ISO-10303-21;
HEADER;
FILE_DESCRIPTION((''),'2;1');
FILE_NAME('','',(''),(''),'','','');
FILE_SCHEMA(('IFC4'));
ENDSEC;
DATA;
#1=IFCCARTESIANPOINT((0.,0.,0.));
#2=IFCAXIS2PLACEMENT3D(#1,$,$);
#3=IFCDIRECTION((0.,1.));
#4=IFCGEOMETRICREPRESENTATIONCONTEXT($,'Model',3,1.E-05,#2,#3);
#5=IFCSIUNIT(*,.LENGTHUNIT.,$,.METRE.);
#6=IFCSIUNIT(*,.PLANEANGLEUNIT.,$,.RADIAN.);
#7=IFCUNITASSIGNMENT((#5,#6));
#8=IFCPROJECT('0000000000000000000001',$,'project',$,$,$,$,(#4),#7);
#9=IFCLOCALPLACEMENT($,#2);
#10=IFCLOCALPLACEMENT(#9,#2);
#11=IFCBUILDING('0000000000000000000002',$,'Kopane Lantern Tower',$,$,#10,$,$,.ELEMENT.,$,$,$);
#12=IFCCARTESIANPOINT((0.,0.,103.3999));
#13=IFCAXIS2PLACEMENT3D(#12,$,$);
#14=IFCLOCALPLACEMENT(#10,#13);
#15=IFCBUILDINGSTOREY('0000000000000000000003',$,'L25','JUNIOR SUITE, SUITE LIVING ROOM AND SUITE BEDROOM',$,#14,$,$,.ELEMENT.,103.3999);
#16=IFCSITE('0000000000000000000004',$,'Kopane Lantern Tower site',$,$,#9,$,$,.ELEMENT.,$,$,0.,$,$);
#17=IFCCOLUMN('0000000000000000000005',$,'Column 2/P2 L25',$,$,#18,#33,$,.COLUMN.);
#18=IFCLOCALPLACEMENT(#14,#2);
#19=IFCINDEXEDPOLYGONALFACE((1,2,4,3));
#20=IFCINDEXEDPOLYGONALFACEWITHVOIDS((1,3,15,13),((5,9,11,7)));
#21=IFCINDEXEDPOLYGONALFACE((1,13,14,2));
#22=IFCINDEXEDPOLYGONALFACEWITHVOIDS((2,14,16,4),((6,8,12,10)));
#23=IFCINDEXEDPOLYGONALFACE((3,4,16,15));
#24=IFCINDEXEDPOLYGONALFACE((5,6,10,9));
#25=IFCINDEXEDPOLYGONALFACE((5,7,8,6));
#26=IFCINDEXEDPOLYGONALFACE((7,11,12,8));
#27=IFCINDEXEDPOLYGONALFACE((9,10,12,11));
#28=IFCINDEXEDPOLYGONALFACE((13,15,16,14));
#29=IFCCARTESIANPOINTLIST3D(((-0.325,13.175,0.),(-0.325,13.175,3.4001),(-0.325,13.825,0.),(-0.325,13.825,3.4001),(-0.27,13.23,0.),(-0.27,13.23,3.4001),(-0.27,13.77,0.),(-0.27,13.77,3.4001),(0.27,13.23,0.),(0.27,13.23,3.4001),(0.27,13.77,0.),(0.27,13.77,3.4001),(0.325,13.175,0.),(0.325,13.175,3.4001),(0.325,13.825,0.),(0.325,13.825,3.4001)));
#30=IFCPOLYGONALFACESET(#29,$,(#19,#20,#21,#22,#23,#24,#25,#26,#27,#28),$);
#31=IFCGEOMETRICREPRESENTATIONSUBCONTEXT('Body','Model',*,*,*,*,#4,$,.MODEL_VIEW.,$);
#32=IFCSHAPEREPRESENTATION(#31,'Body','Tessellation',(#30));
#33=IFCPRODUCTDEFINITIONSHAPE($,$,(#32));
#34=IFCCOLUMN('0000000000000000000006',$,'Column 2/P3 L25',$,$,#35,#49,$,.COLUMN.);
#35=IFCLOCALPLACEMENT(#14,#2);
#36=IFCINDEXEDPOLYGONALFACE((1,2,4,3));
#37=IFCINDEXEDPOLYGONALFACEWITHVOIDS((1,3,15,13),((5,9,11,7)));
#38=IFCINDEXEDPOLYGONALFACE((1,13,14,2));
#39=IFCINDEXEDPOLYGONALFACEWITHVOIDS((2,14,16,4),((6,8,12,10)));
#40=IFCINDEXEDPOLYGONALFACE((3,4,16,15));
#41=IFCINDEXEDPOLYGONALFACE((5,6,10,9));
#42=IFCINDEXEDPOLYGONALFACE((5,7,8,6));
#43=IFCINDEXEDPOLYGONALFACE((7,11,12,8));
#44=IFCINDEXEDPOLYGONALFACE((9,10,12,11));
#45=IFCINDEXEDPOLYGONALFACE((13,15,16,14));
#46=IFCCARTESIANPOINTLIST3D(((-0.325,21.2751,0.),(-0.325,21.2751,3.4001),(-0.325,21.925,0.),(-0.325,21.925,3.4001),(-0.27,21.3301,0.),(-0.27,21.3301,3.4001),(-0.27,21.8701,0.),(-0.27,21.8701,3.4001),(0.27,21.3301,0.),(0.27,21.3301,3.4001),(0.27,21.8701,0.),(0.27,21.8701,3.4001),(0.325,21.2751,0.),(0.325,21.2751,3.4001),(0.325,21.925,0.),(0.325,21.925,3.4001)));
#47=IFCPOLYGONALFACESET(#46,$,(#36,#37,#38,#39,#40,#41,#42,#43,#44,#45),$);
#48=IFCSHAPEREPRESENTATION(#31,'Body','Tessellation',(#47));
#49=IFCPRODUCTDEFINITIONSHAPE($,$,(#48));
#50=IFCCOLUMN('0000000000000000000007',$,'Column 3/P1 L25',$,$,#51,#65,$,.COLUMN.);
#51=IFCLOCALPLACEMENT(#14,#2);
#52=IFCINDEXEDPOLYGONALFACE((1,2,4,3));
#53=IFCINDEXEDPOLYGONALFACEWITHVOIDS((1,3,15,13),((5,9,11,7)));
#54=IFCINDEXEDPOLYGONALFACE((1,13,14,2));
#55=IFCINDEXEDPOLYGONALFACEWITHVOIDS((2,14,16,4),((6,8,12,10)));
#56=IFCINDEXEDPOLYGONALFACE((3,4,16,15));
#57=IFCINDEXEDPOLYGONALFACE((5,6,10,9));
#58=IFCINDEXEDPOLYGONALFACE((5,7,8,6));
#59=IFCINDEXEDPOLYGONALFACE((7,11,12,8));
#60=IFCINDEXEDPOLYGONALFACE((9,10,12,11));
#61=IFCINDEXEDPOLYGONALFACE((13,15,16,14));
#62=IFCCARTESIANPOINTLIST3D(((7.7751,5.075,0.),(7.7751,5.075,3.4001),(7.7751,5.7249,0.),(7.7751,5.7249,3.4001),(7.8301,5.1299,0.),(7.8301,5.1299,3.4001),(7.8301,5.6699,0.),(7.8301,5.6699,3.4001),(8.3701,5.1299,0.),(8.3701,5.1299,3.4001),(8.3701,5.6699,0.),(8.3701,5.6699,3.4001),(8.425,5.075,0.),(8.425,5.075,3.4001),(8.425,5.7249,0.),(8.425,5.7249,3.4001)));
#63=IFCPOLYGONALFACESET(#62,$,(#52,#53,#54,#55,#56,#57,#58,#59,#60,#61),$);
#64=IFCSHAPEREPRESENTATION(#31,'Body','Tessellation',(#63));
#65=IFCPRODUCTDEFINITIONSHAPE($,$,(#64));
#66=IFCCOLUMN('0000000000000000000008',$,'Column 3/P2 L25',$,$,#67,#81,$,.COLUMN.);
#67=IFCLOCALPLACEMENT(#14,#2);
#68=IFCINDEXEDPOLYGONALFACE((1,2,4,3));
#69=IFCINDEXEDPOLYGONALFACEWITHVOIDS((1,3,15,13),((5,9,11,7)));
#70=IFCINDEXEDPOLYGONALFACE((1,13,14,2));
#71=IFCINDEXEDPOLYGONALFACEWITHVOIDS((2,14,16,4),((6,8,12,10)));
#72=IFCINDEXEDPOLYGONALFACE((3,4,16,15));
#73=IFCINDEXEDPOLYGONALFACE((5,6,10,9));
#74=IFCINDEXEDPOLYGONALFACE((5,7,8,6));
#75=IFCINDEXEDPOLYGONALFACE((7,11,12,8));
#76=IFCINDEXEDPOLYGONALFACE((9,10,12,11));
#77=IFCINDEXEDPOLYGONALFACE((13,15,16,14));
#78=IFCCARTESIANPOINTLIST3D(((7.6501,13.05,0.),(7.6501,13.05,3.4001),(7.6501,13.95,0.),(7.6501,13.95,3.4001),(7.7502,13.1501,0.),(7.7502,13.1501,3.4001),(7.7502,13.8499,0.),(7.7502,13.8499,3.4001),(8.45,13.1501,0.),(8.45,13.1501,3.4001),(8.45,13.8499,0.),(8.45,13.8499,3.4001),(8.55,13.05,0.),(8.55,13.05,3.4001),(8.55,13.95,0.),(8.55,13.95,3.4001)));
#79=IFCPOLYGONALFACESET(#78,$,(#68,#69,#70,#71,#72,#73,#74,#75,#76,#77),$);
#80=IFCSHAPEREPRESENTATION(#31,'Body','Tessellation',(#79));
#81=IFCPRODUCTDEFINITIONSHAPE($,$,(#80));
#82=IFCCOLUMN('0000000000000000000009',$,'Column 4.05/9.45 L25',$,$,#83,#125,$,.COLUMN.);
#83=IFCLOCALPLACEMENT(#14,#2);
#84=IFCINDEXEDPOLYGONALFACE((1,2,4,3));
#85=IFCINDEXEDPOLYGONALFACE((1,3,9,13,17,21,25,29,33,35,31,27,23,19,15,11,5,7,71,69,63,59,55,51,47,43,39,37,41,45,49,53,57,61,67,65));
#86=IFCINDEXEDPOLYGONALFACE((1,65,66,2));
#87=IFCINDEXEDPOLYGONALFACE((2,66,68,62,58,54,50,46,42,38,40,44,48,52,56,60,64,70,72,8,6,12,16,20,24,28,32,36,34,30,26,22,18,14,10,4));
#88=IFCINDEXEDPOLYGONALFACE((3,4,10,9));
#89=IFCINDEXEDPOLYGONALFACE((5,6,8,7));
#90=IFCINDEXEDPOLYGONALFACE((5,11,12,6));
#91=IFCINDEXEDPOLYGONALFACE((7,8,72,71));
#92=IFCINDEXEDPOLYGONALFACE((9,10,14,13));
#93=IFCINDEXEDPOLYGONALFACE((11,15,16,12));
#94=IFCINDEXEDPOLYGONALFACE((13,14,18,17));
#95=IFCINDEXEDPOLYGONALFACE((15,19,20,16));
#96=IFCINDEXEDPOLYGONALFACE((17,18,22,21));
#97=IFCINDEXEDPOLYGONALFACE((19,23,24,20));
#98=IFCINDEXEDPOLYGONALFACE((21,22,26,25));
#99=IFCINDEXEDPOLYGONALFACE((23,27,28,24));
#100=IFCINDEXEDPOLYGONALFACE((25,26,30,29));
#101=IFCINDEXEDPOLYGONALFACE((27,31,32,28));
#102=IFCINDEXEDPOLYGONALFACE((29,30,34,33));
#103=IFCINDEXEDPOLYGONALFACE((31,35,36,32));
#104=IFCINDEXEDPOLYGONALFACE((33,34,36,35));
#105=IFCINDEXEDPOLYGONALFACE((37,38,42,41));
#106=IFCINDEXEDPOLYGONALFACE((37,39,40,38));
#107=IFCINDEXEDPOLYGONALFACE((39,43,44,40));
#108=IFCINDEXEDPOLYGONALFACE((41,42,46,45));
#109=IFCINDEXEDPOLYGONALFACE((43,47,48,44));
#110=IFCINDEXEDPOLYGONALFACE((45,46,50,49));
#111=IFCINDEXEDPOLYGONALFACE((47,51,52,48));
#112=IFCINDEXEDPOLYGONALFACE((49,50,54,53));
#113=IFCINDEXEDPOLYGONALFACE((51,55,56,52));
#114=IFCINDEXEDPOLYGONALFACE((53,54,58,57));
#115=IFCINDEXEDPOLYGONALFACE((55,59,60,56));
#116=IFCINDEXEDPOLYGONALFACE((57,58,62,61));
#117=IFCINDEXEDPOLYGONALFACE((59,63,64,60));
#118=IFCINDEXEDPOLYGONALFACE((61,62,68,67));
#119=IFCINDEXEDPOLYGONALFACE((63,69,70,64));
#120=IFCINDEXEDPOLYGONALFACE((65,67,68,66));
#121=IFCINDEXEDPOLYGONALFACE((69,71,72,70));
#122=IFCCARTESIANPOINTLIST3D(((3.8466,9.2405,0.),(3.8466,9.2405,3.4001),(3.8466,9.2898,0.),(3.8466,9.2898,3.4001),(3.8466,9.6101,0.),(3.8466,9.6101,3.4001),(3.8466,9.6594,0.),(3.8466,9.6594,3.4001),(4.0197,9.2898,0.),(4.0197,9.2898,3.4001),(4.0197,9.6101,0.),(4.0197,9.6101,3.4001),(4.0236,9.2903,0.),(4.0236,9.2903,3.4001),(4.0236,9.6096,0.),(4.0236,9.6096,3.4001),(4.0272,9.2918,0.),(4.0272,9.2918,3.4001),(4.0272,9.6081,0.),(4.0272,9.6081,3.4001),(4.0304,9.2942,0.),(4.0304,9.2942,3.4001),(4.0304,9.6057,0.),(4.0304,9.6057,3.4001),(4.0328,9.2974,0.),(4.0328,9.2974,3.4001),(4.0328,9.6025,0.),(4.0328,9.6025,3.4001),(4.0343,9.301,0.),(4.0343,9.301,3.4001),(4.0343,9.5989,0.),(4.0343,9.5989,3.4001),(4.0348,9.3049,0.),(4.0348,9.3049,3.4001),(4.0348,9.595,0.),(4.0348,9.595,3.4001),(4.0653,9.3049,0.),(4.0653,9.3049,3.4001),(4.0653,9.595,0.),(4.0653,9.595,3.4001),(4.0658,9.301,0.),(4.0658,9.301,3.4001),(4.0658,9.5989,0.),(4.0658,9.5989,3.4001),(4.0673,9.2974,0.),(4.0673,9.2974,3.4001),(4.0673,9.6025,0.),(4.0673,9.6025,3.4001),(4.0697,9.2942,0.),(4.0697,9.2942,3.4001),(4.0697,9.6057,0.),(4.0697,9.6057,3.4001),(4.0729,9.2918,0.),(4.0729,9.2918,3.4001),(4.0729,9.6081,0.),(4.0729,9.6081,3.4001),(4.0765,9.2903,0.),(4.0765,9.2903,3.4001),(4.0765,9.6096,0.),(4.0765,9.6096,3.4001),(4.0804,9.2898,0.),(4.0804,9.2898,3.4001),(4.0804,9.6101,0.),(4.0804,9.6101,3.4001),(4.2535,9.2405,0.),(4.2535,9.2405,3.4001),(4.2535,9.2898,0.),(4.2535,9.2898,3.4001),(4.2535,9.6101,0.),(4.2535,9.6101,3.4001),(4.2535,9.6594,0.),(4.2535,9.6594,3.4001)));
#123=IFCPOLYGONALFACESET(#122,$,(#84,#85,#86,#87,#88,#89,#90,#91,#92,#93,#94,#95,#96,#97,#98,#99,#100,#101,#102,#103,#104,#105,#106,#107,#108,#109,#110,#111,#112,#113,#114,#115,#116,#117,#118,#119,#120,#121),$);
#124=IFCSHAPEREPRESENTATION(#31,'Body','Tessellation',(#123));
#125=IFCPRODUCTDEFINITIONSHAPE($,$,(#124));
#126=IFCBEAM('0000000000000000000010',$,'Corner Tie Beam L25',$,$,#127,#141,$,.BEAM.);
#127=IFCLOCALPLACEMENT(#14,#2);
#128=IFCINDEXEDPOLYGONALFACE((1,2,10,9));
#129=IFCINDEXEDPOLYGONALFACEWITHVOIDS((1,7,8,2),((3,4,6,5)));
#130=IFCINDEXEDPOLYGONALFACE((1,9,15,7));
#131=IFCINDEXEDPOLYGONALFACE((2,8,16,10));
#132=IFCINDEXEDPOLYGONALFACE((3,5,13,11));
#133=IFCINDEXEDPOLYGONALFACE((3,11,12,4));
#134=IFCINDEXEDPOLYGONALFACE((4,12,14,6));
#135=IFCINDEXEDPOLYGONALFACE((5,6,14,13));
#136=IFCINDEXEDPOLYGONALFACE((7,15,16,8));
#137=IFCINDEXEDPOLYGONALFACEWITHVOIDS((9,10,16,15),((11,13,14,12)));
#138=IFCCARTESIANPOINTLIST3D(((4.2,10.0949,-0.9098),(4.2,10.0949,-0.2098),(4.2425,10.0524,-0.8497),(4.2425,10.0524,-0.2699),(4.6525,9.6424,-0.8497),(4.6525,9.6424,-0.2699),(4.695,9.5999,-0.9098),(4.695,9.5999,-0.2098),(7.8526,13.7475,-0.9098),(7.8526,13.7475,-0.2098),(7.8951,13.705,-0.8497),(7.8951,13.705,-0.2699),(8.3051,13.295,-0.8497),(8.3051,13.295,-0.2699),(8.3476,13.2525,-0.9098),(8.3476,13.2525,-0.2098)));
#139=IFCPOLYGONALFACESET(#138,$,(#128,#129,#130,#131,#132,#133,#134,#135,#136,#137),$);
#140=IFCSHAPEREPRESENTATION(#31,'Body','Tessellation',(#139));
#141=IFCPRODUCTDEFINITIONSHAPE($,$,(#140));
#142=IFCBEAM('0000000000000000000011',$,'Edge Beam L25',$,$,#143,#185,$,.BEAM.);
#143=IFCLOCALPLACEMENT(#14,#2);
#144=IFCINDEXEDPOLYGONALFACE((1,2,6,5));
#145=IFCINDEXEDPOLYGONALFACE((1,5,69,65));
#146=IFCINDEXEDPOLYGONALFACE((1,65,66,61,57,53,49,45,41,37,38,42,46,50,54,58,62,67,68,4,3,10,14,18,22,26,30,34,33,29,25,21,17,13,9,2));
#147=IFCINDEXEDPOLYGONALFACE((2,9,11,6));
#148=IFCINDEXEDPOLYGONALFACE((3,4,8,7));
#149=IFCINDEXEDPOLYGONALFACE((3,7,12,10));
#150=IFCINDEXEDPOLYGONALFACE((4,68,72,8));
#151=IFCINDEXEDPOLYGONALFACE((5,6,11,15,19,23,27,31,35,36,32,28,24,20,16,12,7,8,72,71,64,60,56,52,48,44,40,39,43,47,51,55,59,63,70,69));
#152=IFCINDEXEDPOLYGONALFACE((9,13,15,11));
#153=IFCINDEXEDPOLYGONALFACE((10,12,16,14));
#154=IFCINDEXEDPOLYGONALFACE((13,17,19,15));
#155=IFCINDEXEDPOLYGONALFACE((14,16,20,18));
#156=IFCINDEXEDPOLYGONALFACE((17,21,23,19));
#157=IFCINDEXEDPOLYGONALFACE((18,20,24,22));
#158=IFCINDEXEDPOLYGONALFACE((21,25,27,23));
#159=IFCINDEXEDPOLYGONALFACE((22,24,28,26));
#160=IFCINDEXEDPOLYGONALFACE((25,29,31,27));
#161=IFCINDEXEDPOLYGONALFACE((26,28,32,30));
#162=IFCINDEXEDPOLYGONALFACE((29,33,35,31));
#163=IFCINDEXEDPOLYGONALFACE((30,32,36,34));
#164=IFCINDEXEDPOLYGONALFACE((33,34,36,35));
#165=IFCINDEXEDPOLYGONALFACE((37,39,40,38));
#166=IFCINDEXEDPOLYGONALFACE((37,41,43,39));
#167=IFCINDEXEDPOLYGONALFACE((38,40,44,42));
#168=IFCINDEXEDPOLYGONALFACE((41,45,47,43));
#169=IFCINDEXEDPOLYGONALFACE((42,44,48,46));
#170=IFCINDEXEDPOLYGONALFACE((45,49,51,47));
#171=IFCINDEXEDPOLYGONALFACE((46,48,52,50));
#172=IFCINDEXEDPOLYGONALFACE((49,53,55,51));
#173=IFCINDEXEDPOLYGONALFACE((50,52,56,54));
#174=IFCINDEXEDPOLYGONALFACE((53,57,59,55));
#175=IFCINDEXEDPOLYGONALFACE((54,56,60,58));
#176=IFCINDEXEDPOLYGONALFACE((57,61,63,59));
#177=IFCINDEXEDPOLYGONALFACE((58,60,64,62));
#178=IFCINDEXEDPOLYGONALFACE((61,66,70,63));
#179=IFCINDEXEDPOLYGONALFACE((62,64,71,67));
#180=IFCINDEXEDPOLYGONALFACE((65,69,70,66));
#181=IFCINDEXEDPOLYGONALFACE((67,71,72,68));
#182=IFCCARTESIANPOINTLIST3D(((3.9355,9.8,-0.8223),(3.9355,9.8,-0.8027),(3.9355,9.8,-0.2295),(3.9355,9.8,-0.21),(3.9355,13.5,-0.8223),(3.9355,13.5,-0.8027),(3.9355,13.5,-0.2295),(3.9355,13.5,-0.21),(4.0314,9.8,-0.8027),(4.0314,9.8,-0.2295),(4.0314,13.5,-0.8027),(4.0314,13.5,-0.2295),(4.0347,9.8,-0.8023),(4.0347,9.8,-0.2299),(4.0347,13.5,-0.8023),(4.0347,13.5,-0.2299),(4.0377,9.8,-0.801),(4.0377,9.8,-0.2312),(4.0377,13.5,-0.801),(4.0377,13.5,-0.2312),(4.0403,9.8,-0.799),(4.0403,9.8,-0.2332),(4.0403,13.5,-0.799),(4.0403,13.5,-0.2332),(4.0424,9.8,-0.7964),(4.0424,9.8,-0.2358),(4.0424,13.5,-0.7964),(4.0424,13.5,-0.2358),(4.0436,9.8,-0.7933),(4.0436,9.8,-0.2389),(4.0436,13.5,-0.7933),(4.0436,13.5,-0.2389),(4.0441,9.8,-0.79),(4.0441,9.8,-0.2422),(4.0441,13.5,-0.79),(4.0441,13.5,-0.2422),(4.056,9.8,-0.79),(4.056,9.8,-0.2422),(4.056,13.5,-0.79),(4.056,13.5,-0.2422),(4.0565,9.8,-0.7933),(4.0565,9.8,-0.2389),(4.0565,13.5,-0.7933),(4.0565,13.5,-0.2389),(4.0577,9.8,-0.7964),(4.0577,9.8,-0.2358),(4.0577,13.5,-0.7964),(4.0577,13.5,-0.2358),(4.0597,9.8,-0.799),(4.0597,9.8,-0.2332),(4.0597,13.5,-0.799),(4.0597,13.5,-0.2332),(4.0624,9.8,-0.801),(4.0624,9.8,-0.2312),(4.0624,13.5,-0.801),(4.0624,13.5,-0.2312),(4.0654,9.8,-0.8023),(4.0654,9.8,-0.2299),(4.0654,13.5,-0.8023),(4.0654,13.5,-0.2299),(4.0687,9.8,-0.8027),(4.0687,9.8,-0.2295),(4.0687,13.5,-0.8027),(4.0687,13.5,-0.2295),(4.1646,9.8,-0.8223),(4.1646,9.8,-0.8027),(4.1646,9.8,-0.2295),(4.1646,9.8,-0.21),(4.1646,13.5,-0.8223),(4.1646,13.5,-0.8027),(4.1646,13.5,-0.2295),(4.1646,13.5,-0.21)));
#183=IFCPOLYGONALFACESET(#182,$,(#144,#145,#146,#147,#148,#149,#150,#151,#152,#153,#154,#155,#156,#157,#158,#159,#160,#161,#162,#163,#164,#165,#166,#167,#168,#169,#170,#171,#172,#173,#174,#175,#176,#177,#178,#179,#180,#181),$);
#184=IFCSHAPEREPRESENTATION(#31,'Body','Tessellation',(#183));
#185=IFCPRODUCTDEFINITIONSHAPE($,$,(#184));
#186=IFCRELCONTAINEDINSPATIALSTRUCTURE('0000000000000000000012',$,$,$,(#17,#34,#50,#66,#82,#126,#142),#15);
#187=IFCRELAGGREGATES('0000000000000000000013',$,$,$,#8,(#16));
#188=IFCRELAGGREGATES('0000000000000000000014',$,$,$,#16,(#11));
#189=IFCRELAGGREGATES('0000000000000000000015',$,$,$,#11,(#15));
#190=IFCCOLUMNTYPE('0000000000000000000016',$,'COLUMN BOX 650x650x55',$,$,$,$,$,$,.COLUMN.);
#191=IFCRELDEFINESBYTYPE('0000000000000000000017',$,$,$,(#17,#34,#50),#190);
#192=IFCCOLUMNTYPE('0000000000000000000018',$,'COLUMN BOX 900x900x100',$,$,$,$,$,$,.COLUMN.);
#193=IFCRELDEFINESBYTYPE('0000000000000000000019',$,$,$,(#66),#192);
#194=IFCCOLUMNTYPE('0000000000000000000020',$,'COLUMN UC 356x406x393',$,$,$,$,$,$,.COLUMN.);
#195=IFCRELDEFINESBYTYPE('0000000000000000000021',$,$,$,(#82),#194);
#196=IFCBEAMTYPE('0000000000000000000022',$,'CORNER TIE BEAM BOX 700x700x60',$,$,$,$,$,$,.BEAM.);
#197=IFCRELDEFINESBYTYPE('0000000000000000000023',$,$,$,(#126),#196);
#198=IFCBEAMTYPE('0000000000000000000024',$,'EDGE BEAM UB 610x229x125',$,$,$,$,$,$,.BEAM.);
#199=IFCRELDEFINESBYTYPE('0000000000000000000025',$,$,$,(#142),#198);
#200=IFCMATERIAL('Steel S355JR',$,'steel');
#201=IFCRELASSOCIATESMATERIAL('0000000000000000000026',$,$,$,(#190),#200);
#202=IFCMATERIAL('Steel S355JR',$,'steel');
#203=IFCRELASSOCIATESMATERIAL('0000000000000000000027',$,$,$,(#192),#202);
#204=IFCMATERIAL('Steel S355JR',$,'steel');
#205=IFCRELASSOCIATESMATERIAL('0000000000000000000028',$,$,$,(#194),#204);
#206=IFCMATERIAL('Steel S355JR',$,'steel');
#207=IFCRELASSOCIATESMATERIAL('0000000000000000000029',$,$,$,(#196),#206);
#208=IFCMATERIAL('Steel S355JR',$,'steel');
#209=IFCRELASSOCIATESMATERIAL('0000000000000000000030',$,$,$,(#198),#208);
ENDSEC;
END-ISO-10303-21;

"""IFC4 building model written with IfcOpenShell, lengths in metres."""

from ifc_helpers import new_model, si_unit, direction, frame, origin, origin_2d, place, context, subcontext, project, spatial, hollow_rectangle, i_section, extrude, material, material_profile, profile_set, type_object, element, save


model = new_model("IFC4")

# Units and contexts
model_context = context("Model", 3, precision=1e-05, world=origin(), true_north=direction((0.0, 1.0)))
body_context = subcontext(model_context, "Body", "Model", "MODEL_VIEW")
ifc_project = project(units=[si_unit("LENGTHUNIT", "METRE"), si_unit("PLANEANGLEUNIT", "RADIAN")], contexts=[model_context])

# Site, building, storey
site_placement = place(None, origin())
site = spatial("IfcSite", under=ifc_project, at=site_placement, Name="Kopane Lantern Tower site", CompositionType="ELEMENT", RefElevation=0.0)
building_placement = place(site_placement, origin())
building = spatial("IfcBuilding", under=site, at=building_placement, Name="Kopane Lantern Tower", CompositionType="ELEMENT")
storey_placement = place(building_placement, frame((0.0, 0.0, 103.3999)))
storey = spatial("IfcBuildingStorey", under=building, at=storey_placement, Name="L25", Description="JUNIOR SUITE, SUITE LIVING ROOM AND SUITE BEDROOM", CompositionType="ELEMENT", Elevation=103.3999)

# Columns
ifc_material_1 = material(Name="Steel S355JR", Category="steel")
ifc_material_profile_1 = material_profile(ifc_material_1, hollow_rectangle(XDim=0.6499, YDim=0.6499, WallThickness=0.0549, at=origin_2d()), Name="BOX 650x650x55")
ifc_profile_set_1 = profile_set([ifc_material_profile_1], Name="Steel S355JR")
column_type_1 = type_object("IfcColumnType", Name="COLUMN BOX 650x650x55", PredefinedType="COLUMN", material=ifc_profile_set_1)
for number, where, z_axis, x_axis, name in (
    (1, (0.0, 13.5, 0.0), (0.0, 0.0, 1.0), (1.0, 0.0, 0.0), "Column 2/P2 L25"),
    (2, (0.0, 21.6001, 0.0), (0.0, 0.0, 1.0), (1.0, 0.0, 0.0), "Column 2/P3 L25"),
    (3, (8.1001, 5.3999, 0.0), (0.0, 0.0, 1.0), (1.0, 0.0, 0.0), "Column 3/P1 L25"),
):
    element("IfcColumn", number, at=place(storey_placement, frame(where, z_axis=z_axis, x_axis=x_axis)), inside=storey, type_object=column_type_1, Name=name, PredefinedType="COLUMN", context=body_context, shape_type="SweptSolid", body=[
        extrude(hollow_rectangle(XDim=0.6499, YDim=0.6499, WallThickness=0.0549, at=origin_2d()), origin(), (0.0, 0.0, 1.0), 3.4001),
    ])
ifc_material_2 = material(Name="Steel S355JR", Category="steel")
ifc_material_profile_2 = material_profile(ifc_material_2, hollow_rectangle(XDim=0.8999, YDim=0.8999, WallThickness=0.1001, at=origin_2d()), Name="BOX 900x900x100")
ifc_profile_set_2 = profile_set([ifc_material_profile_2], Name="Steel S355JR")
column_type_2 = type_object("IfcColumnType", Name="COLUMN BOX 900x900x100", PredefinedType="COLUMN", material=ifc_profile_set_2)
column_1_placement = place(storey_placement, frame((8.1001, 13.5, 0.0), z_axis=(0.0, 0.0, 1.0), x_axis=(1.0, 0.0, 0.0)))
element("IfcColumn", 4, at=column_1_placement, inside=storey, type_object=column_type_2, Name="Column 3/P2 L25", PredefinedType="COLUMN", context=body_context, shape_type="SweptSolid", body=[
    extrude(hollow_rectangle(XDim=0.8999, YDim=0.8999, WallThickness=0.1001, at=origin_2d()), origin(), (0.0, 0.0, 1.0), 3.4001),
])
ifc_material_3 = material(Name="Steel S355JR", Category="steel")
ifc_material_profile_3 = material_profile(ifc_material_3, i_section(OverallWidth=0.407, OverallDepth=0.4189, WebThickness=0.0305, FlangeThickness=0.0493, FilletRadius=0.0151, at=origin_2d()), Name="UC 356x406x393")
ifc_profile_set_3 = profile_set([ifc_material_profile_3], Name="Steel S355JR")
column_type_3 = type_object("IfcColumnType", Name="COLUMN UC 356x406x393", PredefinedType="COLUMN", material=ifc_profile_set_3)
column_2_placement = place(storey_placement, frame((4.05, 9.45, 0.0), z_axis=(0.0, 0.0, 1.0), x_axis=(1.0, 0.0, 0.0)))
element("IfcColumn", 5, at=column_2_placement, inside=storey, type_object=column_type_3, Name="Column 4.05/9.45 L25", PredefinedType="COLUMN", context=body_context, shape_type="SweptSolid", body=[
    extrude(i_section(OverallWidth=0.407, OverallDepth=0.4189, WebThickness=0.0305, FlangeThickness=0.0493, FilletRadius=0.0151, at=origin_2d()), origin(), (0.0, 0.0, 1.0), 3.4001),
])

# Beams
ifc_material_4 = material(Name="Steel S355JR", Category="steel")
ifc_material_profile_4 = material_profile(ifc_material_4, hollow_rectangle(XDim=0.7, YDim=0.7, WallThickness=0.0601, at=origin_2d()), Name="BOX 700x700x60")
ifc_profile_set_4 = profile_set([ifc_material_profile_4], Name="Steel S355JR")
beam_type_1 = type_object("IfcBeamType", Name="CORNER TIE BEAM BOX 700x700x60", PredefinedType="BEAM", material=ifc_profile_set_4)
beam_1_placement = place(storey_placement, frame((4.4475, 9.8474, -0.5598), z_axis=(0.707107, 0.707107, 0.0), x_axis=(-0.707107, 0.707107, 0.0)))
element("IfcBeam", 6, at=beam_1_placement, inside=storey, type_object=beam_type_1, Name="Corner Tie Beam L25", PredefinedType="BEAM", context=body_context, shape_type="SweptSolid", body=[
    extrude(hollow_rectangle(XDim=0.7, YDim=0.7, WallThickness=0.0601, at=origin_2d()), origin(), (0.0, 0.0, 1.0), 5.1655),
])
ifc_material_5 = material(Name="Steel S355JR", Category="steel")
ifc_material_profile_5 = material_profile(ifc_material_5, i_section(OverallWidth=0.229, OverallDepth=0.6123, WebThickness=0.012, FlangeThickness=0.0195, FilletRadius=0.0127, at=origin_2d()), Name="UB 610x229x125")
ifc_profile_set_5 = profile_set([ifc_material_profile_5], Name="Steel S355JR")
beam_type_2 = type_object("IfcBeamType", Name="EDGE BEAM UB 610x229x125", PredefinedType="BEAM", material=ifc_profile_set_5)
beam_2_placement = place(storey_placement, frame((4.05, 9.8, -0.5161), z_axis=(0.0, 1.0, 0.0), x_axis=(-1.0, 0.0, 0.0)))
element("IfcBeam", 7, at=beam_2_placement, inside=storey, type_object=beam_type_2, Name="Edge Beam L25", PredefinedType="BEAM", context=body_context, shape_type="SweptSolid", body=[
    extrude(i_section(OverallWidth=0.229, OverallDepth=0.6123, WebThickness=0.012, FlangeThickness=0.0195, FilletRadius=0.0127, at=origin_2d()), origin(), (0.0, 0.0, 1.0), 3.7),
])

save(model, "model.ifc")
